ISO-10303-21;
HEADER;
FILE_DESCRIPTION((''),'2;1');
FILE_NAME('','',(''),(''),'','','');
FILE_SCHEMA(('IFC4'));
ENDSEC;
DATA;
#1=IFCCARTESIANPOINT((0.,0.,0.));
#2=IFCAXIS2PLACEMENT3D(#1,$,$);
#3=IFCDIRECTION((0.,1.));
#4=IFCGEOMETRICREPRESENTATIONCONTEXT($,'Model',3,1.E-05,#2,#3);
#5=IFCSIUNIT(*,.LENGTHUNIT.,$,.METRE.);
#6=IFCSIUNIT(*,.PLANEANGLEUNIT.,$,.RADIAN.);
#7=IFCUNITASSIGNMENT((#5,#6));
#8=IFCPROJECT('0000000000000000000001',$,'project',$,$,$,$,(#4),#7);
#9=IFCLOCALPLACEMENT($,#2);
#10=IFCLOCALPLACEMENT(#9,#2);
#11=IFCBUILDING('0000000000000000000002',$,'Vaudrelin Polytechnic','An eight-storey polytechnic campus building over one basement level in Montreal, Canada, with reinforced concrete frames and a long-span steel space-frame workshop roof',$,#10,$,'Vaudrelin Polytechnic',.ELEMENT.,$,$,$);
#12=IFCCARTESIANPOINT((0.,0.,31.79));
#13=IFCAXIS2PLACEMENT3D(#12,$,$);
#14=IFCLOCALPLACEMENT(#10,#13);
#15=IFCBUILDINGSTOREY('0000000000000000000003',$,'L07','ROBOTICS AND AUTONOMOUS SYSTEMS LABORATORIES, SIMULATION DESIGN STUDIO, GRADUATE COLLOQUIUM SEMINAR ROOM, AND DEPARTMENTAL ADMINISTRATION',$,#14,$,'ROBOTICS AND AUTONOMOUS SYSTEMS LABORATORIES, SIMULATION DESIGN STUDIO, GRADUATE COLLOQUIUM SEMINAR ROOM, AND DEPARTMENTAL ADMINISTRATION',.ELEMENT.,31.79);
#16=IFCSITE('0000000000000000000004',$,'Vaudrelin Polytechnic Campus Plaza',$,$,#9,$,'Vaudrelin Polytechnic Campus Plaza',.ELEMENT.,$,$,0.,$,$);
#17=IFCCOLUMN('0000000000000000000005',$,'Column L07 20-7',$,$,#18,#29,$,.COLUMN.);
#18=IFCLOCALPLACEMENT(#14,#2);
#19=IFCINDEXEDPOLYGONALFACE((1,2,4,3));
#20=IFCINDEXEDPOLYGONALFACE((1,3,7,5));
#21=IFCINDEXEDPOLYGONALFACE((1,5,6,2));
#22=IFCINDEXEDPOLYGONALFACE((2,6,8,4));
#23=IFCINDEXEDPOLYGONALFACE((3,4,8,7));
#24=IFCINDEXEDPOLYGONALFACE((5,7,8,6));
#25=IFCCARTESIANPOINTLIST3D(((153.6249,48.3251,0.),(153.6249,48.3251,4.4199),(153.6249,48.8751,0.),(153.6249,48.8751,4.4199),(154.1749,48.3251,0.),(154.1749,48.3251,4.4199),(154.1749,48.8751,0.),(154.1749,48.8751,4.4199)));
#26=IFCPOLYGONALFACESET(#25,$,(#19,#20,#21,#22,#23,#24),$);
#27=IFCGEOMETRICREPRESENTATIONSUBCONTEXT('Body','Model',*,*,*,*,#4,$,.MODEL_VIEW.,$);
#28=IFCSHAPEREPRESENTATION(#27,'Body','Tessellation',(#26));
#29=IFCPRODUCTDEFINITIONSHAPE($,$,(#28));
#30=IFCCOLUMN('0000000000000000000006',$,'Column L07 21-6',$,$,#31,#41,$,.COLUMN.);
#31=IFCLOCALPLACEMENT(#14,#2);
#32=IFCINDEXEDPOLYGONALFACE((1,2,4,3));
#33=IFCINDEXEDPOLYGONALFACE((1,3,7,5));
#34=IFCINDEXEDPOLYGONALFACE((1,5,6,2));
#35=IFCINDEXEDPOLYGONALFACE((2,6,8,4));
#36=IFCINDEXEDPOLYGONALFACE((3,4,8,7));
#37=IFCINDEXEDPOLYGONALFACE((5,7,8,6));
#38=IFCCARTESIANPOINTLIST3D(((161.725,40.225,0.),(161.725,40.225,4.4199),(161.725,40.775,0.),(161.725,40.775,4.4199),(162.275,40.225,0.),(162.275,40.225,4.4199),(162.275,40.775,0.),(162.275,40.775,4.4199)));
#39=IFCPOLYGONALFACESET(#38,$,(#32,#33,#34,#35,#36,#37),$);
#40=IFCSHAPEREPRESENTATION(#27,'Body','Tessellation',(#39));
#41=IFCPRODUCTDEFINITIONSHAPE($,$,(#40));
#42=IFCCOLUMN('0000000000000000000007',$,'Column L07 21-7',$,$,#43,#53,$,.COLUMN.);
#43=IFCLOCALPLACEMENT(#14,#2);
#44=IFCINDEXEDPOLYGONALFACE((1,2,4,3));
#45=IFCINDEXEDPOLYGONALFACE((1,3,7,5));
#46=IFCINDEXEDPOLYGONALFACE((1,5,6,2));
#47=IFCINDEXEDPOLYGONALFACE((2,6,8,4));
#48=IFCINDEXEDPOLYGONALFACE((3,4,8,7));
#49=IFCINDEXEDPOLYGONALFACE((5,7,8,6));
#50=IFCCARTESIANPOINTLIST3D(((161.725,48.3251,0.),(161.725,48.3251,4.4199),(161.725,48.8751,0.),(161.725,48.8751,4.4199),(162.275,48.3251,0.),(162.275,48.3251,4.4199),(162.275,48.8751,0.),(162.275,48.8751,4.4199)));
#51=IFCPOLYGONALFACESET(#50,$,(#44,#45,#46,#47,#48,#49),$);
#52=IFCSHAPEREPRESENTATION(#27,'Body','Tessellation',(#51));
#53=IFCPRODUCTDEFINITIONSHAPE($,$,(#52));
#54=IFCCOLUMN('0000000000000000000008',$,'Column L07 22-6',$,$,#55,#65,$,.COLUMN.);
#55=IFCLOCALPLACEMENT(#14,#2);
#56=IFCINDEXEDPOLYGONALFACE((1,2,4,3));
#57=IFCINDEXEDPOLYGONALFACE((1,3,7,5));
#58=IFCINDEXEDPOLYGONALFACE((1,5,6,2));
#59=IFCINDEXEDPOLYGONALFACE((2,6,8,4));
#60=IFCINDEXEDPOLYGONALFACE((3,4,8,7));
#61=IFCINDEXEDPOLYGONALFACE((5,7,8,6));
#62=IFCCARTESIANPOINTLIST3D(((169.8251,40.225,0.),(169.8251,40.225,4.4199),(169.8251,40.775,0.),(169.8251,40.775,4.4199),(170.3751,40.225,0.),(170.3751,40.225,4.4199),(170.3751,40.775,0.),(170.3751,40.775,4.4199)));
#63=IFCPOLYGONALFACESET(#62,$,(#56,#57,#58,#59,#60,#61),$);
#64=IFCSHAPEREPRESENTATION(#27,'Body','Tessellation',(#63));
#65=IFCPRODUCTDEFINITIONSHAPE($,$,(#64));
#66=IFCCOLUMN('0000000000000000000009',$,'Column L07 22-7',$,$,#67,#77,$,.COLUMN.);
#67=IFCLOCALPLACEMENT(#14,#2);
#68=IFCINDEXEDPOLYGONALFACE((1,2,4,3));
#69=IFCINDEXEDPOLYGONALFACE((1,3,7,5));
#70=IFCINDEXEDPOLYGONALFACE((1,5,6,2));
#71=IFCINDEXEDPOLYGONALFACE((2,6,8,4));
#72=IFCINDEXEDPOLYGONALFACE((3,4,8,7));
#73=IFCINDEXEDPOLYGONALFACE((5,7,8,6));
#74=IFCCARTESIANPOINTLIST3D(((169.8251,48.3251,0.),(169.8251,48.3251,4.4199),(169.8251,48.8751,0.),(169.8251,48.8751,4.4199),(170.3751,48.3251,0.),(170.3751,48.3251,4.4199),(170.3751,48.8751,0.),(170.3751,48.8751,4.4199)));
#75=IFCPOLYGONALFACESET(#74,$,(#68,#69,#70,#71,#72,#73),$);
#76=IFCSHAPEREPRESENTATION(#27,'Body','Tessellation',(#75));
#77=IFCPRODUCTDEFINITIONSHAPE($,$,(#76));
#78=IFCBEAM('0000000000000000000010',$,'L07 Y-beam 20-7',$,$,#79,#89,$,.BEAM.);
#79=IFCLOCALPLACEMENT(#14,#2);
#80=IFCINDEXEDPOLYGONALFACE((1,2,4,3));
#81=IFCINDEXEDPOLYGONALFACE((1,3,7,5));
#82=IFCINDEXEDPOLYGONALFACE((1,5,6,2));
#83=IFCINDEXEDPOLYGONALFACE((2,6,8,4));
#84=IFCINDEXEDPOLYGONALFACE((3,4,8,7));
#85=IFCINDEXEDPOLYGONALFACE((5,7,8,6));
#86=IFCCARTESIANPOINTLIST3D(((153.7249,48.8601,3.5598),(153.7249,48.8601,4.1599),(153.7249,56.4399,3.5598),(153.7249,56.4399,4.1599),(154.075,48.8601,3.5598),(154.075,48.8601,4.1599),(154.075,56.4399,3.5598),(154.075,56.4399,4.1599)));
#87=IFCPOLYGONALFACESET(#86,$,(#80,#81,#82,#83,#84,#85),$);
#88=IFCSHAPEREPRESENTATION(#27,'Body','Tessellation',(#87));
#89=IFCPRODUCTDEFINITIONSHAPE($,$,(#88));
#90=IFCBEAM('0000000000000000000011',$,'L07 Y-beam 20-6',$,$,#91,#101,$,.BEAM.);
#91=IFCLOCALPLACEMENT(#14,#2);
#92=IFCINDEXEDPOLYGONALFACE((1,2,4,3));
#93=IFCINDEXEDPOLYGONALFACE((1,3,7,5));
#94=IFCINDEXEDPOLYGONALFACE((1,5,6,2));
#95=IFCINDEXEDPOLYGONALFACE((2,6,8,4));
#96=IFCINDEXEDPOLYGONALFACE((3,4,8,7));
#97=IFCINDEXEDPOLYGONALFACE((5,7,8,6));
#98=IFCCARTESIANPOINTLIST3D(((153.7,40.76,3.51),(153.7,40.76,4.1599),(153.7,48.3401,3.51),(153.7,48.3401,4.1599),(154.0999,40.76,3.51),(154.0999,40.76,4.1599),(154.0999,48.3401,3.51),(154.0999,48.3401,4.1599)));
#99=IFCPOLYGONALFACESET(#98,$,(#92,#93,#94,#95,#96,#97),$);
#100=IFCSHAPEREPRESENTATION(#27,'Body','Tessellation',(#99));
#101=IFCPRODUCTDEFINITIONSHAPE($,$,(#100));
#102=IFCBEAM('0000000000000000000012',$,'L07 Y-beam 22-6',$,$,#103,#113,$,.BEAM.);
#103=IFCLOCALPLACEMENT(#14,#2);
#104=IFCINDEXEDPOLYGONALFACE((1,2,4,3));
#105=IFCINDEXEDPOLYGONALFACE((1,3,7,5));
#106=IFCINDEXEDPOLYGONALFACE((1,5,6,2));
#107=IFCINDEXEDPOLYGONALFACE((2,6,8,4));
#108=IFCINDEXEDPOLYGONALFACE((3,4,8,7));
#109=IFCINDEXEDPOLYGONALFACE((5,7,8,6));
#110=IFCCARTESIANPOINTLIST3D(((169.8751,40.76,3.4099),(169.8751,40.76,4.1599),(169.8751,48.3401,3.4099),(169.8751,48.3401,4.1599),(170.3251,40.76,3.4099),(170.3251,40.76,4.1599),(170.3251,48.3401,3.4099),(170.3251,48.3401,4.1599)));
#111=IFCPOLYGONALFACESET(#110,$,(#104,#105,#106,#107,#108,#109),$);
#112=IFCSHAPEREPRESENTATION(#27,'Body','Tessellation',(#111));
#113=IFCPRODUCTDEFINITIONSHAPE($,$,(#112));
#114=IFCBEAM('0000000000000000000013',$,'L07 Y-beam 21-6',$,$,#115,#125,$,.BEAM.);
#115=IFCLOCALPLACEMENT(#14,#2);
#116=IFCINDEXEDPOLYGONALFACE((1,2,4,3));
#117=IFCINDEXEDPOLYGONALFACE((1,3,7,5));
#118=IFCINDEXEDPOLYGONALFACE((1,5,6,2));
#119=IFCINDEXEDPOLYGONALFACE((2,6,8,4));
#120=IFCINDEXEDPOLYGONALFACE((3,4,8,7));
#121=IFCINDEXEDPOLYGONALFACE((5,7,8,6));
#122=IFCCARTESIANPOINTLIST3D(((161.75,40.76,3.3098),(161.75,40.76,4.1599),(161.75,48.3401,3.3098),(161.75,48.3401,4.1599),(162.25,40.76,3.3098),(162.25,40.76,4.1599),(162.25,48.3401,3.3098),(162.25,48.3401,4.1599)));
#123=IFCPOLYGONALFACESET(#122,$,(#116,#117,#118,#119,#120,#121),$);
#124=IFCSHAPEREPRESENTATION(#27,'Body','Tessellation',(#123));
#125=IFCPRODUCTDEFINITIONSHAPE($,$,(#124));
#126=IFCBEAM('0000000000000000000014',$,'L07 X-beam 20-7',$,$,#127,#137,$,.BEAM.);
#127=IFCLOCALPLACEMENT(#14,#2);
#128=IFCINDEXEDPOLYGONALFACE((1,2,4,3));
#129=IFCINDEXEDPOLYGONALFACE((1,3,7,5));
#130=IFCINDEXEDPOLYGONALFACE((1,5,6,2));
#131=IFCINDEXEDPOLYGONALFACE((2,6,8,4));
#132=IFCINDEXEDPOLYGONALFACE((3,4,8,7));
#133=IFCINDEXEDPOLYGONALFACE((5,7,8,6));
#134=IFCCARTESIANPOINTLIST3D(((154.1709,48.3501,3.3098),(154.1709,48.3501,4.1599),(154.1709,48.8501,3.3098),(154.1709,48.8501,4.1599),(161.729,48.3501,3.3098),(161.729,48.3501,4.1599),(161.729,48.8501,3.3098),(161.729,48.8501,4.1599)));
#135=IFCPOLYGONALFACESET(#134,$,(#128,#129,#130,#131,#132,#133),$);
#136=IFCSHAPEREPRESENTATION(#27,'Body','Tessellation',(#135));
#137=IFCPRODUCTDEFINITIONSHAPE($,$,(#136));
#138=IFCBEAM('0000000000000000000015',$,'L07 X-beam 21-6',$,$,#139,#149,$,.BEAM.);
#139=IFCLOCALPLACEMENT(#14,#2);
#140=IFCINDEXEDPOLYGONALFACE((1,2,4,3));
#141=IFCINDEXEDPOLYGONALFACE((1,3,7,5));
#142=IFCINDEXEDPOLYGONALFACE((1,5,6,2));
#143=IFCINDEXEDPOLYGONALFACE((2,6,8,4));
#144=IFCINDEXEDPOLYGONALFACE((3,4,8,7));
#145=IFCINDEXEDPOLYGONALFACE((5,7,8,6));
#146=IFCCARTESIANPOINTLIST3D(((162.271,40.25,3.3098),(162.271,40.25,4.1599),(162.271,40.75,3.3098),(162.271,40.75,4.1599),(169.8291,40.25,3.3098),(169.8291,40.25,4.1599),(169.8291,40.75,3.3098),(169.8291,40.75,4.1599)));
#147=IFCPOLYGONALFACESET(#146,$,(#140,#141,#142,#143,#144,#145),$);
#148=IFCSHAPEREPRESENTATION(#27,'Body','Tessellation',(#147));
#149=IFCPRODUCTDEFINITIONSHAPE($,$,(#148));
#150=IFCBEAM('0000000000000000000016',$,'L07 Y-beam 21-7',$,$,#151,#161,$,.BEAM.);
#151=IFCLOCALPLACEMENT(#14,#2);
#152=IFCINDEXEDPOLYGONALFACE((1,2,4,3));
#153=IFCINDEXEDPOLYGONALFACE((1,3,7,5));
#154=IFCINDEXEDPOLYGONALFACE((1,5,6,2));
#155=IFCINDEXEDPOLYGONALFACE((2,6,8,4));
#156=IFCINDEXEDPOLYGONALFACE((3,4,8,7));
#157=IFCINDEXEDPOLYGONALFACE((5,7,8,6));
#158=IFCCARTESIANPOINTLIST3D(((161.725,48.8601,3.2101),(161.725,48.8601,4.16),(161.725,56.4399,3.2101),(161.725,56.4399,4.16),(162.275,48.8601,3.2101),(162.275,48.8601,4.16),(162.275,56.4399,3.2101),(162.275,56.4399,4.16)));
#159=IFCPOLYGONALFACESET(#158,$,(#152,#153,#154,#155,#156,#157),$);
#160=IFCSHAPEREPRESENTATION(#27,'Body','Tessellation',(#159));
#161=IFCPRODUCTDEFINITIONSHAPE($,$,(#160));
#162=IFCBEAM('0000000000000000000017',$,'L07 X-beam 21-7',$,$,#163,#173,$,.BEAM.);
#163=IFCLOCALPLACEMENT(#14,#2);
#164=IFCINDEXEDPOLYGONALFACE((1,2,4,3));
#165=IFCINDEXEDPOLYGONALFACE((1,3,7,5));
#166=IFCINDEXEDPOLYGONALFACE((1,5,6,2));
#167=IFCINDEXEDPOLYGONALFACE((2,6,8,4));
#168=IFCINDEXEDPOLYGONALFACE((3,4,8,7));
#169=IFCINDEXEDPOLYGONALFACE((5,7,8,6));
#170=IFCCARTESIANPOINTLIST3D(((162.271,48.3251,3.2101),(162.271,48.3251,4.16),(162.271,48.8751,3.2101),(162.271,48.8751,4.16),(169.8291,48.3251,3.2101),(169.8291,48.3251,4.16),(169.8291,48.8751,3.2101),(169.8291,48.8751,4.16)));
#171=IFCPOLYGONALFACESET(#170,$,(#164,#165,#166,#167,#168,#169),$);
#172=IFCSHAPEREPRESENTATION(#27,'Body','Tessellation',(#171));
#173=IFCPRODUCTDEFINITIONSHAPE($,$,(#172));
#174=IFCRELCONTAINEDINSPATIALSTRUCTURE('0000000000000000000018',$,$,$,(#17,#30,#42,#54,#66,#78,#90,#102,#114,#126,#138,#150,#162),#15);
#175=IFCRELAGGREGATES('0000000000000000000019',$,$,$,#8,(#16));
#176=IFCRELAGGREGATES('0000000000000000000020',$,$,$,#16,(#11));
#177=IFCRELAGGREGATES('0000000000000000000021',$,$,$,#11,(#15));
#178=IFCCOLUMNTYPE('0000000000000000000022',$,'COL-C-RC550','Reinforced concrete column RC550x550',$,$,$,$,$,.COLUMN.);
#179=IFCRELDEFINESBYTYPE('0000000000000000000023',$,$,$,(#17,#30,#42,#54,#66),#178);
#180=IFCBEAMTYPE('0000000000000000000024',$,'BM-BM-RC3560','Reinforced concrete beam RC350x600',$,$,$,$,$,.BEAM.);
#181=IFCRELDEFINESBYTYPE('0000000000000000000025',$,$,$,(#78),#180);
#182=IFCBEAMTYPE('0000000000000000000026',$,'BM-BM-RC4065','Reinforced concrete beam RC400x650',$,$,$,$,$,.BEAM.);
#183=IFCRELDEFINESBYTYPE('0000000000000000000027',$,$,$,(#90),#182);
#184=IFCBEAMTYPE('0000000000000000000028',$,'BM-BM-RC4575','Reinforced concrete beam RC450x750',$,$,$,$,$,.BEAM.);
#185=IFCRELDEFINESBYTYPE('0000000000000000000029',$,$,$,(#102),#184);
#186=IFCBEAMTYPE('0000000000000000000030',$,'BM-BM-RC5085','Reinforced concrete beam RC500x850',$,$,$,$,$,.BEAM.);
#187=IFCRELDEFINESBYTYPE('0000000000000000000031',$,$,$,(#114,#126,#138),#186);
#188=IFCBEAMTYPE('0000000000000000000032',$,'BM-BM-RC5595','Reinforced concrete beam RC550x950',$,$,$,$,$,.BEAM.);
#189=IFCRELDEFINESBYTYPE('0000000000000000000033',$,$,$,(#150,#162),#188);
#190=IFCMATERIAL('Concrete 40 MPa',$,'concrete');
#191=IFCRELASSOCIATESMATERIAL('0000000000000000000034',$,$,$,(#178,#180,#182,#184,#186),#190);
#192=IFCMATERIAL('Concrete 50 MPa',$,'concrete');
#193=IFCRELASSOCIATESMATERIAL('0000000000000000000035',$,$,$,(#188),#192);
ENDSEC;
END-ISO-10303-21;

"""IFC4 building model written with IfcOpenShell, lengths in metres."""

from ifc_helpers import new_model, si_unit, direction, frame, origin, origin_2d, place, context, subcontext, project, spatial, rectangle, extrude, material, material_profile, profile_set, type_object, element, save


model = new_model("IFC4")

# Units and contexts
model_context = context("Model", 3, precision=1e-05, world=origin(), true_north=direction((0.0, 1.0)))
body_context = subcontext(model_context, "Body", "Model", "MODEL_VIEW")
ifc_project = project(units=[si_unit("LENGTHUNIT", "METRE"), si_unit("PLANEANGLEUNIT", "RADIAN")], contexts=[model_context])

# Site, building, storey
site_placement = place(None, origin())
site = spatial("IfcSite", under=ifc_project, at=site_placement, Name="Vaudrelin Polytechnic Campus Plaza", LongName="Vaudrelin Polytechnic Campus Plaza", CompositionType="ELEMENT", RefElevation=0.0)
building_placement = place(site_placement, origin())
building = spatial("IfcBuilding", under=site, at=building_placement, Name="Vaudrelin Polytechnic", Description="An eight-storey polytechnic campus building over one basement level in Montreal, Canada, with reinforced concrete frames and a long-span steel space-frame workshop roof", LongName="Vaudrelin Polytechnic", CompositionType="ELEMENT")
storey_placement = place(building_placement, frame((0.0, 0.0, 31.79)))
storey = spatial("IfcBuildingStorey", under=building, at=storey_placement, Name="L07", Description="ROBOTICS AND AUTONOMOUS SYSTEMS LABORATORIES, SIMULATION DESIGN STUDIO, GRADUATE COLLOQUIUM SEMINAR ROOM, AND DEPARTMENTAL ADMINISTRATION", LongName="ROBOTICS AND AUTONOMOUS SYSTEMS LABORATORIES, SIMULATION DESIGN STUDIO, GRADUATE COLLOQUIUM SEMINAR ROOM, AND DEPARTMENTAL ADMINISTRATION", CompositionType="ELEMENT", Elevation=31.79)

# Columns
ifc_material_1 = material(Name="Concrete 40 MPa", Category="concrete")
ifc_material_profile_1 = material_profile(ifc_material_1, rectangle(XDim=0.55, YDim=0.55, at=origin_2d()), Name="RC550x550")
ifc_profile_set_1 = profile_set([ifc_material_profile_1], Name="Concrete 40 MPa")
column_type = type_object("IfcColumnType", Name="COL-C-RC550", Description="Reinforced concrete column RC550x550", PredefinedType="COLUMN", material=ifc_profile_set_1)
for number, where, z_axis, x_axis, name in (
    (1, (153.8999, 48.6001, 0.0), (0.0, 0.0, 1.0), (1.0, 0.0, 0.0), "Column L07 20-7"),
    (2, (162.0, 40.5, 0.0), (0.0, 0.0, 1.0), (1.0, 0.0, 0.0), "Column L07 21-6"),
    (3, (162.0, 48.6001, 0.0), (0.0, 0.0, 1.0), (1.0, 0.0, 0.0), "Column L07 21-7"),
    (4, (170.1001, 40.5, 0.0), (0.0, 0.0, 1.0), (1.0, 0.0, 0.0), "Column L07 22-6"),
    (5, (170.1001, 48.6001, 0.0), (0.0, 0.0, 1.0), (1.0, 0.0, 0.0), "Column L07 22-7"),
):
    element("IfcColumn", number, at=place(storey_placement, frame(where, z_axis=z_axis, x_axis=x_axis)), inside=storey, type_object=column_type, Name=name, PredefinedType="COLUMN", context=body_context, shape_type="SweptSolid", body=[
        extrude(rectangle(XDim=0.55, YDim=0.55, at=origin_2d()), origin(), (0.0, 0.0, 1.0), 4.4199),
    ])

# Beams
ifc_material_profile_2 = material_profile(ifc_material_1, rectangle(XDim=0.3501, YDim=0.6001, at=origin_2d()), Name="RC350x600")
ifc_profile_set_2 = profile_set([ifc_material_profile_2], Name="Concrete 40 MPa")
beam_type_1 = type_object("IfcBeamType", Name="BM-BM-RC3560", Description="Reinforced concrete beam RC350x600", PredefinedType="BEAM", material=ifc_profile_set_2)
beam_1_placement = place(storey_placement, frame((153.8999, 48.8601, 3.8599), z_axis=(0.0, 1.0, 0.0), x_axis=(-1.0, 0.0, 0.0)))
element("IfcBeam", 6, at=beam_1_placement, inside=storey, type_object=beam_type_1, Name="L07 Y-beam 20-7", PredefinedType="BEAM", context=body_context, shape_type="SweptSolid", body=[
    extrude(rectangle(XDim=0.3501, YDim=0.6001, at=origin_2d()), origin(), (0.0, 0.0, 1.0), 7.5798),
])
ifc_material_profile_3 = material_profile(ifc_material_1, rectangle(XDim=0.3999, YDim=0.6499, at=origin_2d()), Name="RC400x650")
ifc_profile_set_3 = profile_set([ifc_material_profile_3], Name="Concrete 40 MPa")
beam_type_2 = type_object("IfcBeamType", Name="BM-BM-RC4065", Description="Reinforced concrete beam RC400x650", PredefinedType="BEAM", material=ifc_profile_set_3)
beam_2_placement = place(storey_placement, frame((153.8999, 40.76, 3.835), z_axis=(0.0, 1.0, 0.0), x_axis=(-1.0, 0.0, 0.0)))
element("IfcBeam", 7, at=beam_2_placement, inside=storey, type_object=beam_type_2, Name="L07 Y-beam 20-6", PredefinedType="BEAM", context=body_context, shape_type="SweptSolid", body=[
    extrude(rectangle(XDim=0.3999, YDim=0.6499, at=origin_2d()), origin(), (0.0, 0.0, 1.0), 7.5801),
])
ifc_material_profile_4 = material_profile(ifc_material_1, rectangle(XDim=0.45, YDim=0.75, at=origin_2d()), Name="RC450x750")
ifc_profile_set_4 = profile_set([ifc_material_profile_4], Name="Concrete 40 MPa")
beam_type_3 = type_object("IfcBeamType", Name="BM-BM-RC4575", Description="Reinforced concrete beam RC450x750", PredefinedType="BEAM", material=ifc_profile_set_4)
beam_3_placement = place(storey_placement, frame((170.1001, 40.76, 3.7849), z_axis=(0.0, 1.0, 0.0), x_axis=(-1.0, 0.0, 0.0)))
element("IfcBeam", 8, at=beam_3_placement, inside=storey, type_object=beam_type_3, Name="L07 Y-beam 22-6", PredefinedType="BEAM", context=body_context, shape_type="SweptSolid", body=[
    extrude(rectangle(XDim=0.45, YDim=0.75, at=origin_2d()), origin(), (0.0, 0.0, 1.0), 7.5801),
])
ifc_material_profile_5 = material_profile(ifc_material_1, rectangle(XDim=0.5, YDim=0.8501, at=origin_2d()), Name="RC500x850")
ifc_profile_set_5 = profile_set([ifc_material_profile_5], Name="Concrete 40 MPa")
beam_type_4 = type_object("IfcBeamType", Name="BM-BM-RC5085", Description="Reinforced concrete beam RC500x850", PredefinedType="BEAM", material=ifc_profile_set_5)
beam_4_placement = place(storey_placement, frame((162.0, 40.76, 3.7349), z_axis=(0.0, 1.0, 0.0), x_axis=(-1.0, 0.0, 0.0)))
element("IfcBeam", 9, at=beam_4_placement, inside=storey, type_object=beam_type_4, Name="L07 Y-beam 21-6", PredefinedType="BEAM", context=body_context, shape_type="SweptSolid", body=[
    extrude(rectangle(XDim=0.5, YDim=0.8501, at=origin_2d()), origin(), (0.0, 0.0, 1.0), 7.5801),
])
for number, where, z_axis, x_axis, name in (
    (10, (154.1709, 48.6001, 3.7349), (1.0, 0.0, 0.0), (0.0, 1.0, 0.0), "L07 X-beam 20-7"),
    (11, (162.271, 40.5, 3.7349), (1.0, 0.0, 0.0), (0.0, 1.0, 0.0), "L07 X-beam 21-6"),
):
    element("IfcBeam", number, at=place(storey_placement, frame(where, z_axis=z_axis, x_axis=x_axis)), inside=storey, type_object=beam_type_4, Name=name, PredefinedType="BEAM", context=body_context, shape_type="SweptSolid", body=[
        extrude(rectangle(XDim=0.5, YDim=0.8501, at=origin_2d()), origin(), (0.0, 0.0, 1.0), 7.5581),
    ])
ifc_material_2 = material(Name="Concrete 50 MPa", Category="concrete")
ifc_material_profile_6 = material_profile(ifc_material_2, rectangle(XDim=0.55, YDim=0.95, at=origin_2d()), Name="RC550x950")
ifc_profile_set_6 = profile_set([ifc_material_profile_6], Name="Concrete 50 MPa")
beam_type_5 = type_object("IfcBeamType", Name="BM-BM-RC5595", Description="Reinforced concrete beam RC550x950", PredefinedType="BEAM", material=ifc_profile_set_6)
beam_5_placement = place(storey_placement, frame((162.0, 48.8601, 3.6851), z_axis=(0.0, 1.0, 0.0), x_axis=(-1.0, 0.0, 0.0)))
element("IfcBeam", 12, at=beam_5_placement, inside=storey, type_object=beam_type_5, Name="L07 Y-beam 21-7", PredefinedType="BEAM", context=body_context, shape_type="SweptSolid", body=[
    extrude(rectangle(XDim=0.55, YDim=0.95, at=origin_2d()), origin(), (0.0, 0.0, 1.0), 7.5798),
])
beam_6_placement = place(storey_placement, frame((162.271, 48.6001, 3.6851), z_axis=(1.0, 0.0, 0.0), x_axis=(0.0, 1.0, 0.0)))
element("IfcBeam", 13, at=beam_6_placement, inside=storey, type_object=beam_type_5, Name="L07 X-beam 21-7", PredefinedType="BEAM", context=body_context, shape_type="SweptSolid", body=[
    extrude(rectangle(XDim=0.55, YDim=0.95, at=origin_2d()), origin(), (0.0, 0.0, 1.0), 7.5581),
])

save(model, "model.ifc")
